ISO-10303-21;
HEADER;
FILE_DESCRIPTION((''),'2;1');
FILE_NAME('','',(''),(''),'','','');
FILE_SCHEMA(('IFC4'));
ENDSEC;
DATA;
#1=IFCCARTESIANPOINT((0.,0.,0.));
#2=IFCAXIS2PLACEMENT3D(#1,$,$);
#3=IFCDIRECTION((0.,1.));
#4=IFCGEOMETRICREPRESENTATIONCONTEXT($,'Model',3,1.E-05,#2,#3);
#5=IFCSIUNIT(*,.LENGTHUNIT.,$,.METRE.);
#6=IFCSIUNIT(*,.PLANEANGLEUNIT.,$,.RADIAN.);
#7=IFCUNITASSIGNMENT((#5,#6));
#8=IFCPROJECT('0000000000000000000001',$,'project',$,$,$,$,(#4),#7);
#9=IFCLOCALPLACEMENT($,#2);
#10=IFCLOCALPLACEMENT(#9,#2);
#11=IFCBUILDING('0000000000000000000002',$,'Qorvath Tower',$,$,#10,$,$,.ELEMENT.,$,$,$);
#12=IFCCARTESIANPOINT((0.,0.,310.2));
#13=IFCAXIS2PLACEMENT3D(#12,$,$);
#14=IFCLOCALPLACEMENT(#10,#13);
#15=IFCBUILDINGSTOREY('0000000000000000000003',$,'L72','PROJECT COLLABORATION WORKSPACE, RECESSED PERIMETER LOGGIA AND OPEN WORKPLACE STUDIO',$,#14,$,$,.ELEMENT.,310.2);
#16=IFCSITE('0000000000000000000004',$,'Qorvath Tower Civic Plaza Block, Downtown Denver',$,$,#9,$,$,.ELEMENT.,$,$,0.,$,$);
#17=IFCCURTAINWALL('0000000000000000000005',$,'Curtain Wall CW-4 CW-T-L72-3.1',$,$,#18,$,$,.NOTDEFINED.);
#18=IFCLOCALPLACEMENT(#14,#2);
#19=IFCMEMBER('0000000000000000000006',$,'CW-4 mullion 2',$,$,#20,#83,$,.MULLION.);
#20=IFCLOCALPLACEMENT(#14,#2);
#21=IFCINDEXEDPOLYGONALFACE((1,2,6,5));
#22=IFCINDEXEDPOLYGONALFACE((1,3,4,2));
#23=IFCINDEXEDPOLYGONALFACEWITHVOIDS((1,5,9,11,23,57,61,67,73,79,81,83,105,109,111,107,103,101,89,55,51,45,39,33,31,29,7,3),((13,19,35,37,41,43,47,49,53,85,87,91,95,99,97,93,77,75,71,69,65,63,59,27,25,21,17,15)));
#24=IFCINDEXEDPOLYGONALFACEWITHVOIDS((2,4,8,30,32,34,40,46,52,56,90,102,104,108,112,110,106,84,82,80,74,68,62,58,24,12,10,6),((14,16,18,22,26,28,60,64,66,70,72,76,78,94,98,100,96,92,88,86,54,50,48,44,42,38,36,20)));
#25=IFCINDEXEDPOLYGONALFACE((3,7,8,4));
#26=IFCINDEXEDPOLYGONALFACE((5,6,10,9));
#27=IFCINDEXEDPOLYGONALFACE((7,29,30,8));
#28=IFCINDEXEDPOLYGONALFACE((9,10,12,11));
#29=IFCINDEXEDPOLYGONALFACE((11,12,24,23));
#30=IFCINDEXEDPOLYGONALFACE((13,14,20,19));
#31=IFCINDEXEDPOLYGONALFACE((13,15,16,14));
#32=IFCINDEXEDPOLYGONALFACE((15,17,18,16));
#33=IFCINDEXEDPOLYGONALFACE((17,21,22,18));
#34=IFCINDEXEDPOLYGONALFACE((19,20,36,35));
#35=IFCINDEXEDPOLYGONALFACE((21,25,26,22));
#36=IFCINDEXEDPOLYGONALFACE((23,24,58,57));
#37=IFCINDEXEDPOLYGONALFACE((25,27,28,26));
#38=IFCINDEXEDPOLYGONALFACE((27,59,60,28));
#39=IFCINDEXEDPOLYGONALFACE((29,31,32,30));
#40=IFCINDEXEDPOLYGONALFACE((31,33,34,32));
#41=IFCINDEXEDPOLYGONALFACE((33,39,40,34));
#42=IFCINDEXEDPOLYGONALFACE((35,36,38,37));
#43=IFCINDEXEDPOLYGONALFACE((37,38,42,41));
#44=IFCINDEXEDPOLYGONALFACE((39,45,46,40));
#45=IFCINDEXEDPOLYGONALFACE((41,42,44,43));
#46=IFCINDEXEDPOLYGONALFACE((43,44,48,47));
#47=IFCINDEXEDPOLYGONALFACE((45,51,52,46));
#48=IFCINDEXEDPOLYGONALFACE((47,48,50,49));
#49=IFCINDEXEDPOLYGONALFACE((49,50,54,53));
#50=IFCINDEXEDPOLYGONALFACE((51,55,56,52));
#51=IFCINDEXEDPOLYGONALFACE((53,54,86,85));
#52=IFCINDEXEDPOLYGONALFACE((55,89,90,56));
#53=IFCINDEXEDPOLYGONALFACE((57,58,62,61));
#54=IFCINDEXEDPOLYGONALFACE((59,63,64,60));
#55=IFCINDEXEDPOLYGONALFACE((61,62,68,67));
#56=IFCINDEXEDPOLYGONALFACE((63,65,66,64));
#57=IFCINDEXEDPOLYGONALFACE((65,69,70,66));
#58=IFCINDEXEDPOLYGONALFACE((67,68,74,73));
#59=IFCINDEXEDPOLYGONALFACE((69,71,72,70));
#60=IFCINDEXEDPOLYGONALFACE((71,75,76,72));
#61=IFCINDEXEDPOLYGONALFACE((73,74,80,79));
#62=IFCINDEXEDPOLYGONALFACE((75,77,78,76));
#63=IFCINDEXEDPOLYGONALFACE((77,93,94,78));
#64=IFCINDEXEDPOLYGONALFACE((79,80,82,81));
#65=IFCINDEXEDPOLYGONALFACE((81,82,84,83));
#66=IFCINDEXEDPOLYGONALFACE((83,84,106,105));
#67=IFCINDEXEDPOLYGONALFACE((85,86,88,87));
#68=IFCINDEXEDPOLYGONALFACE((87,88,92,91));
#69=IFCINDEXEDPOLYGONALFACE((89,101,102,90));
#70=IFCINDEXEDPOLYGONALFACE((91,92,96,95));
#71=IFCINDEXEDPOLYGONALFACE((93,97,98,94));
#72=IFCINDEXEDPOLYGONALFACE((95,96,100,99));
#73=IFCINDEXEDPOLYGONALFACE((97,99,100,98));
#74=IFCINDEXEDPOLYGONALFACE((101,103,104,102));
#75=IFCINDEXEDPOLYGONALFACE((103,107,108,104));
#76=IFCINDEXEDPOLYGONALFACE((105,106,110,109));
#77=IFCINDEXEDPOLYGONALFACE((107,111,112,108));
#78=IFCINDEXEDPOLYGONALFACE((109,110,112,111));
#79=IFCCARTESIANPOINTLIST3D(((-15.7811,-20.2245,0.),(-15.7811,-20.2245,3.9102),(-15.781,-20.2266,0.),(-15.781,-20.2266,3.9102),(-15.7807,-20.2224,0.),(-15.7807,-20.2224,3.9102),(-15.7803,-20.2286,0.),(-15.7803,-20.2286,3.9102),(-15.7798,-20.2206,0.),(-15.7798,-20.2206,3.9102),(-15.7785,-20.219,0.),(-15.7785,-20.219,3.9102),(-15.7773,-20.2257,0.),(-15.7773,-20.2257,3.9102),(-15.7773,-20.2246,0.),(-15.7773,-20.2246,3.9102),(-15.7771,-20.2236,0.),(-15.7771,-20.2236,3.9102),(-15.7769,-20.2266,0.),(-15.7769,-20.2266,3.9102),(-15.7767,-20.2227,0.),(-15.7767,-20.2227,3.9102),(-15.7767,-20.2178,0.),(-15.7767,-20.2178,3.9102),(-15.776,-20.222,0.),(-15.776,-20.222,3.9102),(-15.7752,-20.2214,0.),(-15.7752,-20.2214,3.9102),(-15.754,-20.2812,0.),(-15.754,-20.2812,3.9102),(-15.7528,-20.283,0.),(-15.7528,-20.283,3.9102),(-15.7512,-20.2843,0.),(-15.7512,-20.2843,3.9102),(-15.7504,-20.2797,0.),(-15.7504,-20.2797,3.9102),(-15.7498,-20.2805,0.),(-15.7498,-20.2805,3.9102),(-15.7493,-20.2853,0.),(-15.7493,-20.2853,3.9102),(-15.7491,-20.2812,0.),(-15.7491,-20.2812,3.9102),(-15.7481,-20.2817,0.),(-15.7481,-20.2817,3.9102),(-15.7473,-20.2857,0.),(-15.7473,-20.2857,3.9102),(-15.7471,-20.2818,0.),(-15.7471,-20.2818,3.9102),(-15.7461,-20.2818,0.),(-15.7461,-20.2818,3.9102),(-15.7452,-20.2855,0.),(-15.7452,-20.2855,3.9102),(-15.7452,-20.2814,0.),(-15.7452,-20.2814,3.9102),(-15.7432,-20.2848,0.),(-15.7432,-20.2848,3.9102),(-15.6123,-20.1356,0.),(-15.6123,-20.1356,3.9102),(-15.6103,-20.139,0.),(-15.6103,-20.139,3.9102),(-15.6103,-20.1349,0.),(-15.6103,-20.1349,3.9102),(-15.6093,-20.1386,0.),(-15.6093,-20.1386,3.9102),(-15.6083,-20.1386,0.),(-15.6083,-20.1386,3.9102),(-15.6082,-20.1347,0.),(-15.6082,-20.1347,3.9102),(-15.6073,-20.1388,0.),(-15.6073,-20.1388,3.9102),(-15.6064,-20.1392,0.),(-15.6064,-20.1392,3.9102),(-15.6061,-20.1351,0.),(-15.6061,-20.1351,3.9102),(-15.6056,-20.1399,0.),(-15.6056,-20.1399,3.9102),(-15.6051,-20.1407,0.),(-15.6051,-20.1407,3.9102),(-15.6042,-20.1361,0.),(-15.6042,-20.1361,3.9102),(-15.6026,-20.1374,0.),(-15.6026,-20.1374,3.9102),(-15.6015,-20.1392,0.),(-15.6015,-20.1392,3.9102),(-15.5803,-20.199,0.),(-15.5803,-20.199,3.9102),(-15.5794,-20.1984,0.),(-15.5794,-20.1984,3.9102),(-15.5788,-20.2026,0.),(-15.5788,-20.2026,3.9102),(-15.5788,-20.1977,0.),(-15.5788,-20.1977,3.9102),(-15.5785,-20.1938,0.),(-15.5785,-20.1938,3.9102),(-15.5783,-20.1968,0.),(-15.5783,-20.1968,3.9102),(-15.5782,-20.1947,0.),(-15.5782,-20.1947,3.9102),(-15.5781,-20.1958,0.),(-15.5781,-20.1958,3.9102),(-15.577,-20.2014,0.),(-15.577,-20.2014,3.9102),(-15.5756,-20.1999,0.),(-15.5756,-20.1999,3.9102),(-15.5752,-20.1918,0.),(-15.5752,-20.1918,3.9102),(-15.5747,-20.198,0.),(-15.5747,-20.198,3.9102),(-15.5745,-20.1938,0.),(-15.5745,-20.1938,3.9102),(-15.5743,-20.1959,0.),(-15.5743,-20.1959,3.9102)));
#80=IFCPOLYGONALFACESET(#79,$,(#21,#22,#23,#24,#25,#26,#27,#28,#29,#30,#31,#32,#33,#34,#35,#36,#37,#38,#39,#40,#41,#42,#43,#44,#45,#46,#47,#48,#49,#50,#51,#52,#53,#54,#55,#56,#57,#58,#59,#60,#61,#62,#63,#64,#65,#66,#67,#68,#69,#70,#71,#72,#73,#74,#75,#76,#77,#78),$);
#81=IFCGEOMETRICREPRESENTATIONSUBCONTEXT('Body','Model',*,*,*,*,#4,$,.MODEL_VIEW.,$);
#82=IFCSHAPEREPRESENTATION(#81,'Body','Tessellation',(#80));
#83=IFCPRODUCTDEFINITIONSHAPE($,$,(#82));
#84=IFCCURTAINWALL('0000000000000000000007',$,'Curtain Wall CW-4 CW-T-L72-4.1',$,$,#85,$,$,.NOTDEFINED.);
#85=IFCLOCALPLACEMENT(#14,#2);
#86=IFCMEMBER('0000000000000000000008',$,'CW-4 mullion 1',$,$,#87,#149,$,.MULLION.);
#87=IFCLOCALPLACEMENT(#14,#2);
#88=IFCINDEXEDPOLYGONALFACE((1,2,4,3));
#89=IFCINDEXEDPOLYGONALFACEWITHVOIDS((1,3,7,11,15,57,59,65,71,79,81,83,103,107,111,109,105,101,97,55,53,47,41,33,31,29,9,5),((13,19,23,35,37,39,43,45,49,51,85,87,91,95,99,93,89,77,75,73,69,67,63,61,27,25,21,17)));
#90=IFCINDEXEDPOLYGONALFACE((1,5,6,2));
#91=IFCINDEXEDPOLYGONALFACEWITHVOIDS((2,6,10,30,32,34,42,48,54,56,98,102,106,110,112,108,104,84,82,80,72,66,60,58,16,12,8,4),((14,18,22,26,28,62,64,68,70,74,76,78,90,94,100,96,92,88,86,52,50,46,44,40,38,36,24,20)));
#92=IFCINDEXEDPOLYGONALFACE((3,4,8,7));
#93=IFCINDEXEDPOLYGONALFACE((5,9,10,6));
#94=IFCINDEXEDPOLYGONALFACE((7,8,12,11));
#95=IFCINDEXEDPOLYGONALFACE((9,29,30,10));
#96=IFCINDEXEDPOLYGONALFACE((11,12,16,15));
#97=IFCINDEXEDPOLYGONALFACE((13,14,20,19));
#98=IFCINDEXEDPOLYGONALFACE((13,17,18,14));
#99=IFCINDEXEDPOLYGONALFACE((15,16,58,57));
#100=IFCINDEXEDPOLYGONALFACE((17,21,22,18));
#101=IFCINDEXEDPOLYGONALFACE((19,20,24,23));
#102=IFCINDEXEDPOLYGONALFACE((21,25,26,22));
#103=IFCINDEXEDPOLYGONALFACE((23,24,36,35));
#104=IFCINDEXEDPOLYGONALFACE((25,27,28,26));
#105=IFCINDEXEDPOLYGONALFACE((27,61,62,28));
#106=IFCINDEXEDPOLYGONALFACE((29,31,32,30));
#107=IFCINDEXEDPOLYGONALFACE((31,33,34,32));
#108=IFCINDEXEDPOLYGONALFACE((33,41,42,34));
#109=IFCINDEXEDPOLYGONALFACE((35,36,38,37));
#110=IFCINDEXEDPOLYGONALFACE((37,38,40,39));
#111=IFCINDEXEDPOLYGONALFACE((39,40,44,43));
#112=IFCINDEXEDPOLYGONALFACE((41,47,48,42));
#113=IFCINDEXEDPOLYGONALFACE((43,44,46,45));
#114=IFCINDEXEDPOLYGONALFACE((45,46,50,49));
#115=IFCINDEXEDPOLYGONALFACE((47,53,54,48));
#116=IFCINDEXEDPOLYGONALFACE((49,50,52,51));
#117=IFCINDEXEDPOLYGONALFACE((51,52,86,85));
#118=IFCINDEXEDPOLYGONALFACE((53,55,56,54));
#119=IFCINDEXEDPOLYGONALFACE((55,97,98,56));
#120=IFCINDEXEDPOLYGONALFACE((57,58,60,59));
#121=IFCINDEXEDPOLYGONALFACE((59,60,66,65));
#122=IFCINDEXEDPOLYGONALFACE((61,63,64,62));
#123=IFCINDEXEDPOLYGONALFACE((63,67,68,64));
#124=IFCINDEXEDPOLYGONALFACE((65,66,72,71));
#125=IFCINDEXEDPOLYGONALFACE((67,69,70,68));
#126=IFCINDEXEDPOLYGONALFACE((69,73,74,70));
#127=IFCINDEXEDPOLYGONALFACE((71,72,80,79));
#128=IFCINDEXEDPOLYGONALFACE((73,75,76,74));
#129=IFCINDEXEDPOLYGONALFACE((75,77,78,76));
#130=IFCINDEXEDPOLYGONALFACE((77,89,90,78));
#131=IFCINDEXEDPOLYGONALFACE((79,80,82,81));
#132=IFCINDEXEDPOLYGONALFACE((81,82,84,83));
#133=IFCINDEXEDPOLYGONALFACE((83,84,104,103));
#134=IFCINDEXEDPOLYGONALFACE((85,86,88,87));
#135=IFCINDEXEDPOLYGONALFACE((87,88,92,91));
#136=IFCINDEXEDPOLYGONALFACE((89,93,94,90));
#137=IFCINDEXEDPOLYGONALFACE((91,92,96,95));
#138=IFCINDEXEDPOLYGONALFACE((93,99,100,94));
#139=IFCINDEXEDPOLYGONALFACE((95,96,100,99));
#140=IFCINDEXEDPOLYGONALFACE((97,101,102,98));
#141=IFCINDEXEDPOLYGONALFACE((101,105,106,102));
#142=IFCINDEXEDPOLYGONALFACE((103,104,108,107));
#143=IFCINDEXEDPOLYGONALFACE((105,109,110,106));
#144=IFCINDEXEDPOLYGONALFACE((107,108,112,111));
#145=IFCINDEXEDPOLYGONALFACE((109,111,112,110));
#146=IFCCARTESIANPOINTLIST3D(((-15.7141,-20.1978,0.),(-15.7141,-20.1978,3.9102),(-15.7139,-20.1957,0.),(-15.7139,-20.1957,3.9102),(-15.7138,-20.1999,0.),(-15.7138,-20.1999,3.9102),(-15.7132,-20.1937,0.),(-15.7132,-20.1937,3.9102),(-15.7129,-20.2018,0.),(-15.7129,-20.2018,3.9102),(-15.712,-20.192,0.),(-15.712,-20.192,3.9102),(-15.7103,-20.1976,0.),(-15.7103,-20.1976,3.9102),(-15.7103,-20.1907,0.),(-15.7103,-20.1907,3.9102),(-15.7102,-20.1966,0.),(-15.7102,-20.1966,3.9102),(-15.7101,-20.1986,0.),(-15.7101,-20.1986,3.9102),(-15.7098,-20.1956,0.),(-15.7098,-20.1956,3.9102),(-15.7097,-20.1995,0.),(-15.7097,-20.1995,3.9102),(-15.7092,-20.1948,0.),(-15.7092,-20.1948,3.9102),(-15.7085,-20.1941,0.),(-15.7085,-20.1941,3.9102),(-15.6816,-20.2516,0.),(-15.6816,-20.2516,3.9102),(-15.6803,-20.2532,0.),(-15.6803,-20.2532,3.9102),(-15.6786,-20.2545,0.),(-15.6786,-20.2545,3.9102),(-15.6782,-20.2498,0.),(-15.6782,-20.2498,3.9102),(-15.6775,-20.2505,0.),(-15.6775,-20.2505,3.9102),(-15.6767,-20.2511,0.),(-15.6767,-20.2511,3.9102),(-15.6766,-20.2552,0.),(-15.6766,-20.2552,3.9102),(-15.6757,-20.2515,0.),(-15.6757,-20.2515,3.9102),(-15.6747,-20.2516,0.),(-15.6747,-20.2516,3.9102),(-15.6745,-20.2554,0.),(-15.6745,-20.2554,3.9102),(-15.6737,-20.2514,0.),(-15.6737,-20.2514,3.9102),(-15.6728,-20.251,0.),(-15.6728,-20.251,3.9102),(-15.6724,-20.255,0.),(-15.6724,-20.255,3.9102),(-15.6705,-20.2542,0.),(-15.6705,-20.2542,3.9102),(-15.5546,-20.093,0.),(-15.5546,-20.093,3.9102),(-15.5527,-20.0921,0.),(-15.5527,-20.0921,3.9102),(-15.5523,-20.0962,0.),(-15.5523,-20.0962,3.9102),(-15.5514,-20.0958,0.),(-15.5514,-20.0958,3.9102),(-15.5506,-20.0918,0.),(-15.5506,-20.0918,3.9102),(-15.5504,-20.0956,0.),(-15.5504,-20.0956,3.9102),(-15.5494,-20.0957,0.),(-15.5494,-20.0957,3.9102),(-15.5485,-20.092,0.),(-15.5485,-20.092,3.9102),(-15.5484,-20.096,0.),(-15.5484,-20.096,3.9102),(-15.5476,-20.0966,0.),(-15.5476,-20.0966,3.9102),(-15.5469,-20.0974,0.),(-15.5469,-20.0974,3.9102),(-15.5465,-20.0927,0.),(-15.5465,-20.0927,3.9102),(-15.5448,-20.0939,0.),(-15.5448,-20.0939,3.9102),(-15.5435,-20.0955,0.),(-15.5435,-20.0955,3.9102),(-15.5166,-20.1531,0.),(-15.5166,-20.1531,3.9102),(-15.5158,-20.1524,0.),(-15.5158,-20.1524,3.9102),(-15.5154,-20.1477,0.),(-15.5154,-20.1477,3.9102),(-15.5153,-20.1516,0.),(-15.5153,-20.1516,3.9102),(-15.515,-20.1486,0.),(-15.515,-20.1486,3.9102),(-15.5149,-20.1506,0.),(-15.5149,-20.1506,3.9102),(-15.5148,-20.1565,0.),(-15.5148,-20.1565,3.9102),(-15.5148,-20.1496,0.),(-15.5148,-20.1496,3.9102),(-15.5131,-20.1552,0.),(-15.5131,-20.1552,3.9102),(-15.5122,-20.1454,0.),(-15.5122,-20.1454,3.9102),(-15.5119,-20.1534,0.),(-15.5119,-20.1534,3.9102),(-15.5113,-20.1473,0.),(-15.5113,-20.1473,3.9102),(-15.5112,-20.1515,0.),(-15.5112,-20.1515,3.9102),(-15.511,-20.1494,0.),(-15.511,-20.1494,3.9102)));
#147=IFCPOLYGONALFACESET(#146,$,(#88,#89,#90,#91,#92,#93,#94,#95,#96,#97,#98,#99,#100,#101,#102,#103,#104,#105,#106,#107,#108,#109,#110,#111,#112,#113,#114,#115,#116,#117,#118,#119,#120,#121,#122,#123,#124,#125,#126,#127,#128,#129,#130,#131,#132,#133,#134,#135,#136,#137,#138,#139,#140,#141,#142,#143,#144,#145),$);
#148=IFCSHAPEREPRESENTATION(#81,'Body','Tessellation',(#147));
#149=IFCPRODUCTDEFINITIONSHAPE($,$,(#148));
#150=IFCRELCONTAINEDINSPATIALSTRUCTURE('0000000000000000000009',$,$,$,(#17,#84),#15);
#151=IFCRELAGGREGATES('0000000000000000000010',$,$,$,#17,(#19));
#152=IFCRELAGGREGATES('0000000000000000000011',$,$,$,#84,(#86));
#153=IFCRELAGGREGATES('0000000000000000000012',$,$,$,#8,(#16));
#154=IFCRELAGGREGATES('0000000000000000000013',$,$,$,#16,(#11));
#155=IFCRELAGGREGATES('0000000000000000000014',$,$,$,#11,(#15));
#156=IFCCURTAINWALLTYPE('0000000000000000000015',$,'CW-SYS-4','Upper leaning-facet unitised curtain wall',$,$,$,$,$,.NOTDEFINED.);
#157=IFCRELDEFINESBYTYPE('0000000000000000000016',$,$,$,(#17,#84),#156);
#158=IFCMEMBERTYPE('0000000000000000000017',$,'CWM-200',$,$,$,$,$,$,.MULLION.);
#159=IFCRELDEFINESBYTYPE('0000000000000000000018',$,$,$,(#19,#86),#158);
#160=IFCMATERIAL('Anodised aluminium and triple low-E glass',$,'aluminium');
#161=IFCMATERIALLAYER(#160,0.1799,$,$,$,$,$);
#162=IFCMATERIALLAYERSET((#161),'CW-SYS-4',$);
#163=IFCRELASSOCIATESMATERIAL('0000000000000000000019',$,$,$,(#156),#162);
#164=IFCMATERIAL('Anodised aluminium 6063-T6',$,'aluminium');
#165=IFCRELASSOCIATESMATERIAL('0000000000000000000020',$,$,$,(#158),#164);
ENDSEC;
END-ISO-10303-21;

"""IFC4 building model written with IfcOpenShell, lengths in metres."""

from ifc_helpers import new_model, si_unit, direction, frame, origin, origin_2d, place, context, subcontext, project, spatial, hollow_rectangle, extrude, material, layer, layer_set, material_profile, profile_set, type_object, element, aggregate, save


model = new_model("IFC4")

# Units and contexts
model_context = context("Model", 3, precision=1e-05, world=origin(), true_north=direction((0.0, 1.0)))
body_context = subcontext(model_context, "Body", "Model", "MODEL_VIEW")
ifc_project = project(units=[si_unit("LENGTHUNIT", "METRE"), si_unit("PLANEANGLEUNIT", "RADIAN")], contexts=[model_context])

# Site, building, storey
site_placement = place(None, origin())
site = spatial("IfcSite", under=ifc_project, at=site_placement, Name="Qorvath Tower Civic Plaza Block, Downtown Denver", CompositionType="ELEMENT", RefElevation=0.0)
building_placement = place(site_placement, origin())
building = spatial("IfcBuilding", under=site, at=building_placement, Name="Qorvath Tower", CompositionType="ELEMENT")
storey_placement = place(building_placement, frame((0.0, 0.0, 310.2)))
storey = spatial("IfcBuildingStorey", under=building, at=storey_placement, Name="L72", Description="PROJECT COLLABORATION WORKSPACE, RECESSED PERIMETER LOGGIA AND OPEN WORKPLACE STUDIO", CompositionType="ELEMENT", Elevation=310.2)

# Shared definitions
ifc_material_1 = material(Name="Anodised aluminium and triple low-E glass", Category="aluminium")
ifc_layer_1 = layer(ifc_material_1, 0.1799)
ifc_layer_set_1 = layer_set([ifc_layer_1], Name="CW-SYS-4")
curtain_wall_type = type_object("IfcCurtainWallType", Name="CW-SYS-4", Description="Upper leaning-facet unitised curtain wall", PredefinedType="NOTDEFINED", material=ifc_layer_set_1)
ifc_material_2 = material(Name="Anodised aluminium 6063-T6", Category="aluminium")
ifc_material_profile_1 = material_profile(ifc_material_2, hollow_rectangle(XDim=0.075, YDim=0.2, WallThickness=0.0039, InnerFilletRadius=0.0039, OuterFilletRadius=0.0081, at=origin_2d()), Name="CWM 200x75")
ifc_profile_set_1 = profile_set([ifc_material_profile_1], Name="Anodised aluminium 6063-T6")
member_type_1 = type_object("IfcMemberType", Name="CWM-200", PredefinedType="MULLION", material=ifc_profile_set_1)

# Curtain walls, members
curtain_wall_1_placement = place(storey_placement, origin())
curtain_wall_1 = element("IfcCurtainWall", 1, at=curtain_wall_1_placement, inside=storey, type_object=curtain_wall_type, Name="Curtain Wall CW-4 CW-T-L72-3.1", PredefinedType="NOTDEFINED")
member_1_placement = place(storey_placement, frame((-15.6777, -20.2102, 0.0), z_axis=(0.0, 0.0, 1.0), x_axis=(-0.447156, 0.894456, 0.0)))
member_1 = element("IfcMember", 2, at=member_1_placement, type_object=member_type_1, Name="CW-4 mullion 2", PredefinedType="MULLION", context=body_context, shape_type="SweptSolid", body=[
    extrude(hollow_rectangle(XDim=0.075, YDim=0.2, WallThickness=0.0039, InnerFilletRadius=0.0039, OuterFilletRadius=0.0081, at=origin_2d()), origin(), (0.0, 0.0, 1.0), 3.9102),
])
curtain_wall_2_placement = place(storey_placement, origin())
curtain_wall_2 = element("IfcCurtainWall", 3, at=curtain_wall_2_placement, inside=storey, type_object=curtain_wall_type, Name="Curtain Wall CW-4 CW-T-L72-4.1", PredefinedType="NOTDEFINED")
member_2_placement = place(storey_placement, frame((-15.6125, -20.1736, 0.0), z_axis=(0.0, 0.0, 1.0), x_axis=(-0.531348, 0.847153, 0.0)))
member_2 = element("IfcMember", 4, at=member_2_placement, type_object=member_type_1, Name="CW-4 mullion 1", PredefinedType="MULLION", context=body_context, shape_type="SweptSolid", body=[
    extrude(hollow_rectangle(XDim=0.075, YDim=0.2, WallThickness=0.0039, InnerFilletRadius=0.0039, OuterFilletRadius=0.0081, at=origin_2d()), origin(), (0.0, 0.0, 1.0), 3.9102),
])

aggregate(curtain_wall_1, [member_1])
aggregate(curtain_wall_2, [member_2])

save(model, "model.ifc")
